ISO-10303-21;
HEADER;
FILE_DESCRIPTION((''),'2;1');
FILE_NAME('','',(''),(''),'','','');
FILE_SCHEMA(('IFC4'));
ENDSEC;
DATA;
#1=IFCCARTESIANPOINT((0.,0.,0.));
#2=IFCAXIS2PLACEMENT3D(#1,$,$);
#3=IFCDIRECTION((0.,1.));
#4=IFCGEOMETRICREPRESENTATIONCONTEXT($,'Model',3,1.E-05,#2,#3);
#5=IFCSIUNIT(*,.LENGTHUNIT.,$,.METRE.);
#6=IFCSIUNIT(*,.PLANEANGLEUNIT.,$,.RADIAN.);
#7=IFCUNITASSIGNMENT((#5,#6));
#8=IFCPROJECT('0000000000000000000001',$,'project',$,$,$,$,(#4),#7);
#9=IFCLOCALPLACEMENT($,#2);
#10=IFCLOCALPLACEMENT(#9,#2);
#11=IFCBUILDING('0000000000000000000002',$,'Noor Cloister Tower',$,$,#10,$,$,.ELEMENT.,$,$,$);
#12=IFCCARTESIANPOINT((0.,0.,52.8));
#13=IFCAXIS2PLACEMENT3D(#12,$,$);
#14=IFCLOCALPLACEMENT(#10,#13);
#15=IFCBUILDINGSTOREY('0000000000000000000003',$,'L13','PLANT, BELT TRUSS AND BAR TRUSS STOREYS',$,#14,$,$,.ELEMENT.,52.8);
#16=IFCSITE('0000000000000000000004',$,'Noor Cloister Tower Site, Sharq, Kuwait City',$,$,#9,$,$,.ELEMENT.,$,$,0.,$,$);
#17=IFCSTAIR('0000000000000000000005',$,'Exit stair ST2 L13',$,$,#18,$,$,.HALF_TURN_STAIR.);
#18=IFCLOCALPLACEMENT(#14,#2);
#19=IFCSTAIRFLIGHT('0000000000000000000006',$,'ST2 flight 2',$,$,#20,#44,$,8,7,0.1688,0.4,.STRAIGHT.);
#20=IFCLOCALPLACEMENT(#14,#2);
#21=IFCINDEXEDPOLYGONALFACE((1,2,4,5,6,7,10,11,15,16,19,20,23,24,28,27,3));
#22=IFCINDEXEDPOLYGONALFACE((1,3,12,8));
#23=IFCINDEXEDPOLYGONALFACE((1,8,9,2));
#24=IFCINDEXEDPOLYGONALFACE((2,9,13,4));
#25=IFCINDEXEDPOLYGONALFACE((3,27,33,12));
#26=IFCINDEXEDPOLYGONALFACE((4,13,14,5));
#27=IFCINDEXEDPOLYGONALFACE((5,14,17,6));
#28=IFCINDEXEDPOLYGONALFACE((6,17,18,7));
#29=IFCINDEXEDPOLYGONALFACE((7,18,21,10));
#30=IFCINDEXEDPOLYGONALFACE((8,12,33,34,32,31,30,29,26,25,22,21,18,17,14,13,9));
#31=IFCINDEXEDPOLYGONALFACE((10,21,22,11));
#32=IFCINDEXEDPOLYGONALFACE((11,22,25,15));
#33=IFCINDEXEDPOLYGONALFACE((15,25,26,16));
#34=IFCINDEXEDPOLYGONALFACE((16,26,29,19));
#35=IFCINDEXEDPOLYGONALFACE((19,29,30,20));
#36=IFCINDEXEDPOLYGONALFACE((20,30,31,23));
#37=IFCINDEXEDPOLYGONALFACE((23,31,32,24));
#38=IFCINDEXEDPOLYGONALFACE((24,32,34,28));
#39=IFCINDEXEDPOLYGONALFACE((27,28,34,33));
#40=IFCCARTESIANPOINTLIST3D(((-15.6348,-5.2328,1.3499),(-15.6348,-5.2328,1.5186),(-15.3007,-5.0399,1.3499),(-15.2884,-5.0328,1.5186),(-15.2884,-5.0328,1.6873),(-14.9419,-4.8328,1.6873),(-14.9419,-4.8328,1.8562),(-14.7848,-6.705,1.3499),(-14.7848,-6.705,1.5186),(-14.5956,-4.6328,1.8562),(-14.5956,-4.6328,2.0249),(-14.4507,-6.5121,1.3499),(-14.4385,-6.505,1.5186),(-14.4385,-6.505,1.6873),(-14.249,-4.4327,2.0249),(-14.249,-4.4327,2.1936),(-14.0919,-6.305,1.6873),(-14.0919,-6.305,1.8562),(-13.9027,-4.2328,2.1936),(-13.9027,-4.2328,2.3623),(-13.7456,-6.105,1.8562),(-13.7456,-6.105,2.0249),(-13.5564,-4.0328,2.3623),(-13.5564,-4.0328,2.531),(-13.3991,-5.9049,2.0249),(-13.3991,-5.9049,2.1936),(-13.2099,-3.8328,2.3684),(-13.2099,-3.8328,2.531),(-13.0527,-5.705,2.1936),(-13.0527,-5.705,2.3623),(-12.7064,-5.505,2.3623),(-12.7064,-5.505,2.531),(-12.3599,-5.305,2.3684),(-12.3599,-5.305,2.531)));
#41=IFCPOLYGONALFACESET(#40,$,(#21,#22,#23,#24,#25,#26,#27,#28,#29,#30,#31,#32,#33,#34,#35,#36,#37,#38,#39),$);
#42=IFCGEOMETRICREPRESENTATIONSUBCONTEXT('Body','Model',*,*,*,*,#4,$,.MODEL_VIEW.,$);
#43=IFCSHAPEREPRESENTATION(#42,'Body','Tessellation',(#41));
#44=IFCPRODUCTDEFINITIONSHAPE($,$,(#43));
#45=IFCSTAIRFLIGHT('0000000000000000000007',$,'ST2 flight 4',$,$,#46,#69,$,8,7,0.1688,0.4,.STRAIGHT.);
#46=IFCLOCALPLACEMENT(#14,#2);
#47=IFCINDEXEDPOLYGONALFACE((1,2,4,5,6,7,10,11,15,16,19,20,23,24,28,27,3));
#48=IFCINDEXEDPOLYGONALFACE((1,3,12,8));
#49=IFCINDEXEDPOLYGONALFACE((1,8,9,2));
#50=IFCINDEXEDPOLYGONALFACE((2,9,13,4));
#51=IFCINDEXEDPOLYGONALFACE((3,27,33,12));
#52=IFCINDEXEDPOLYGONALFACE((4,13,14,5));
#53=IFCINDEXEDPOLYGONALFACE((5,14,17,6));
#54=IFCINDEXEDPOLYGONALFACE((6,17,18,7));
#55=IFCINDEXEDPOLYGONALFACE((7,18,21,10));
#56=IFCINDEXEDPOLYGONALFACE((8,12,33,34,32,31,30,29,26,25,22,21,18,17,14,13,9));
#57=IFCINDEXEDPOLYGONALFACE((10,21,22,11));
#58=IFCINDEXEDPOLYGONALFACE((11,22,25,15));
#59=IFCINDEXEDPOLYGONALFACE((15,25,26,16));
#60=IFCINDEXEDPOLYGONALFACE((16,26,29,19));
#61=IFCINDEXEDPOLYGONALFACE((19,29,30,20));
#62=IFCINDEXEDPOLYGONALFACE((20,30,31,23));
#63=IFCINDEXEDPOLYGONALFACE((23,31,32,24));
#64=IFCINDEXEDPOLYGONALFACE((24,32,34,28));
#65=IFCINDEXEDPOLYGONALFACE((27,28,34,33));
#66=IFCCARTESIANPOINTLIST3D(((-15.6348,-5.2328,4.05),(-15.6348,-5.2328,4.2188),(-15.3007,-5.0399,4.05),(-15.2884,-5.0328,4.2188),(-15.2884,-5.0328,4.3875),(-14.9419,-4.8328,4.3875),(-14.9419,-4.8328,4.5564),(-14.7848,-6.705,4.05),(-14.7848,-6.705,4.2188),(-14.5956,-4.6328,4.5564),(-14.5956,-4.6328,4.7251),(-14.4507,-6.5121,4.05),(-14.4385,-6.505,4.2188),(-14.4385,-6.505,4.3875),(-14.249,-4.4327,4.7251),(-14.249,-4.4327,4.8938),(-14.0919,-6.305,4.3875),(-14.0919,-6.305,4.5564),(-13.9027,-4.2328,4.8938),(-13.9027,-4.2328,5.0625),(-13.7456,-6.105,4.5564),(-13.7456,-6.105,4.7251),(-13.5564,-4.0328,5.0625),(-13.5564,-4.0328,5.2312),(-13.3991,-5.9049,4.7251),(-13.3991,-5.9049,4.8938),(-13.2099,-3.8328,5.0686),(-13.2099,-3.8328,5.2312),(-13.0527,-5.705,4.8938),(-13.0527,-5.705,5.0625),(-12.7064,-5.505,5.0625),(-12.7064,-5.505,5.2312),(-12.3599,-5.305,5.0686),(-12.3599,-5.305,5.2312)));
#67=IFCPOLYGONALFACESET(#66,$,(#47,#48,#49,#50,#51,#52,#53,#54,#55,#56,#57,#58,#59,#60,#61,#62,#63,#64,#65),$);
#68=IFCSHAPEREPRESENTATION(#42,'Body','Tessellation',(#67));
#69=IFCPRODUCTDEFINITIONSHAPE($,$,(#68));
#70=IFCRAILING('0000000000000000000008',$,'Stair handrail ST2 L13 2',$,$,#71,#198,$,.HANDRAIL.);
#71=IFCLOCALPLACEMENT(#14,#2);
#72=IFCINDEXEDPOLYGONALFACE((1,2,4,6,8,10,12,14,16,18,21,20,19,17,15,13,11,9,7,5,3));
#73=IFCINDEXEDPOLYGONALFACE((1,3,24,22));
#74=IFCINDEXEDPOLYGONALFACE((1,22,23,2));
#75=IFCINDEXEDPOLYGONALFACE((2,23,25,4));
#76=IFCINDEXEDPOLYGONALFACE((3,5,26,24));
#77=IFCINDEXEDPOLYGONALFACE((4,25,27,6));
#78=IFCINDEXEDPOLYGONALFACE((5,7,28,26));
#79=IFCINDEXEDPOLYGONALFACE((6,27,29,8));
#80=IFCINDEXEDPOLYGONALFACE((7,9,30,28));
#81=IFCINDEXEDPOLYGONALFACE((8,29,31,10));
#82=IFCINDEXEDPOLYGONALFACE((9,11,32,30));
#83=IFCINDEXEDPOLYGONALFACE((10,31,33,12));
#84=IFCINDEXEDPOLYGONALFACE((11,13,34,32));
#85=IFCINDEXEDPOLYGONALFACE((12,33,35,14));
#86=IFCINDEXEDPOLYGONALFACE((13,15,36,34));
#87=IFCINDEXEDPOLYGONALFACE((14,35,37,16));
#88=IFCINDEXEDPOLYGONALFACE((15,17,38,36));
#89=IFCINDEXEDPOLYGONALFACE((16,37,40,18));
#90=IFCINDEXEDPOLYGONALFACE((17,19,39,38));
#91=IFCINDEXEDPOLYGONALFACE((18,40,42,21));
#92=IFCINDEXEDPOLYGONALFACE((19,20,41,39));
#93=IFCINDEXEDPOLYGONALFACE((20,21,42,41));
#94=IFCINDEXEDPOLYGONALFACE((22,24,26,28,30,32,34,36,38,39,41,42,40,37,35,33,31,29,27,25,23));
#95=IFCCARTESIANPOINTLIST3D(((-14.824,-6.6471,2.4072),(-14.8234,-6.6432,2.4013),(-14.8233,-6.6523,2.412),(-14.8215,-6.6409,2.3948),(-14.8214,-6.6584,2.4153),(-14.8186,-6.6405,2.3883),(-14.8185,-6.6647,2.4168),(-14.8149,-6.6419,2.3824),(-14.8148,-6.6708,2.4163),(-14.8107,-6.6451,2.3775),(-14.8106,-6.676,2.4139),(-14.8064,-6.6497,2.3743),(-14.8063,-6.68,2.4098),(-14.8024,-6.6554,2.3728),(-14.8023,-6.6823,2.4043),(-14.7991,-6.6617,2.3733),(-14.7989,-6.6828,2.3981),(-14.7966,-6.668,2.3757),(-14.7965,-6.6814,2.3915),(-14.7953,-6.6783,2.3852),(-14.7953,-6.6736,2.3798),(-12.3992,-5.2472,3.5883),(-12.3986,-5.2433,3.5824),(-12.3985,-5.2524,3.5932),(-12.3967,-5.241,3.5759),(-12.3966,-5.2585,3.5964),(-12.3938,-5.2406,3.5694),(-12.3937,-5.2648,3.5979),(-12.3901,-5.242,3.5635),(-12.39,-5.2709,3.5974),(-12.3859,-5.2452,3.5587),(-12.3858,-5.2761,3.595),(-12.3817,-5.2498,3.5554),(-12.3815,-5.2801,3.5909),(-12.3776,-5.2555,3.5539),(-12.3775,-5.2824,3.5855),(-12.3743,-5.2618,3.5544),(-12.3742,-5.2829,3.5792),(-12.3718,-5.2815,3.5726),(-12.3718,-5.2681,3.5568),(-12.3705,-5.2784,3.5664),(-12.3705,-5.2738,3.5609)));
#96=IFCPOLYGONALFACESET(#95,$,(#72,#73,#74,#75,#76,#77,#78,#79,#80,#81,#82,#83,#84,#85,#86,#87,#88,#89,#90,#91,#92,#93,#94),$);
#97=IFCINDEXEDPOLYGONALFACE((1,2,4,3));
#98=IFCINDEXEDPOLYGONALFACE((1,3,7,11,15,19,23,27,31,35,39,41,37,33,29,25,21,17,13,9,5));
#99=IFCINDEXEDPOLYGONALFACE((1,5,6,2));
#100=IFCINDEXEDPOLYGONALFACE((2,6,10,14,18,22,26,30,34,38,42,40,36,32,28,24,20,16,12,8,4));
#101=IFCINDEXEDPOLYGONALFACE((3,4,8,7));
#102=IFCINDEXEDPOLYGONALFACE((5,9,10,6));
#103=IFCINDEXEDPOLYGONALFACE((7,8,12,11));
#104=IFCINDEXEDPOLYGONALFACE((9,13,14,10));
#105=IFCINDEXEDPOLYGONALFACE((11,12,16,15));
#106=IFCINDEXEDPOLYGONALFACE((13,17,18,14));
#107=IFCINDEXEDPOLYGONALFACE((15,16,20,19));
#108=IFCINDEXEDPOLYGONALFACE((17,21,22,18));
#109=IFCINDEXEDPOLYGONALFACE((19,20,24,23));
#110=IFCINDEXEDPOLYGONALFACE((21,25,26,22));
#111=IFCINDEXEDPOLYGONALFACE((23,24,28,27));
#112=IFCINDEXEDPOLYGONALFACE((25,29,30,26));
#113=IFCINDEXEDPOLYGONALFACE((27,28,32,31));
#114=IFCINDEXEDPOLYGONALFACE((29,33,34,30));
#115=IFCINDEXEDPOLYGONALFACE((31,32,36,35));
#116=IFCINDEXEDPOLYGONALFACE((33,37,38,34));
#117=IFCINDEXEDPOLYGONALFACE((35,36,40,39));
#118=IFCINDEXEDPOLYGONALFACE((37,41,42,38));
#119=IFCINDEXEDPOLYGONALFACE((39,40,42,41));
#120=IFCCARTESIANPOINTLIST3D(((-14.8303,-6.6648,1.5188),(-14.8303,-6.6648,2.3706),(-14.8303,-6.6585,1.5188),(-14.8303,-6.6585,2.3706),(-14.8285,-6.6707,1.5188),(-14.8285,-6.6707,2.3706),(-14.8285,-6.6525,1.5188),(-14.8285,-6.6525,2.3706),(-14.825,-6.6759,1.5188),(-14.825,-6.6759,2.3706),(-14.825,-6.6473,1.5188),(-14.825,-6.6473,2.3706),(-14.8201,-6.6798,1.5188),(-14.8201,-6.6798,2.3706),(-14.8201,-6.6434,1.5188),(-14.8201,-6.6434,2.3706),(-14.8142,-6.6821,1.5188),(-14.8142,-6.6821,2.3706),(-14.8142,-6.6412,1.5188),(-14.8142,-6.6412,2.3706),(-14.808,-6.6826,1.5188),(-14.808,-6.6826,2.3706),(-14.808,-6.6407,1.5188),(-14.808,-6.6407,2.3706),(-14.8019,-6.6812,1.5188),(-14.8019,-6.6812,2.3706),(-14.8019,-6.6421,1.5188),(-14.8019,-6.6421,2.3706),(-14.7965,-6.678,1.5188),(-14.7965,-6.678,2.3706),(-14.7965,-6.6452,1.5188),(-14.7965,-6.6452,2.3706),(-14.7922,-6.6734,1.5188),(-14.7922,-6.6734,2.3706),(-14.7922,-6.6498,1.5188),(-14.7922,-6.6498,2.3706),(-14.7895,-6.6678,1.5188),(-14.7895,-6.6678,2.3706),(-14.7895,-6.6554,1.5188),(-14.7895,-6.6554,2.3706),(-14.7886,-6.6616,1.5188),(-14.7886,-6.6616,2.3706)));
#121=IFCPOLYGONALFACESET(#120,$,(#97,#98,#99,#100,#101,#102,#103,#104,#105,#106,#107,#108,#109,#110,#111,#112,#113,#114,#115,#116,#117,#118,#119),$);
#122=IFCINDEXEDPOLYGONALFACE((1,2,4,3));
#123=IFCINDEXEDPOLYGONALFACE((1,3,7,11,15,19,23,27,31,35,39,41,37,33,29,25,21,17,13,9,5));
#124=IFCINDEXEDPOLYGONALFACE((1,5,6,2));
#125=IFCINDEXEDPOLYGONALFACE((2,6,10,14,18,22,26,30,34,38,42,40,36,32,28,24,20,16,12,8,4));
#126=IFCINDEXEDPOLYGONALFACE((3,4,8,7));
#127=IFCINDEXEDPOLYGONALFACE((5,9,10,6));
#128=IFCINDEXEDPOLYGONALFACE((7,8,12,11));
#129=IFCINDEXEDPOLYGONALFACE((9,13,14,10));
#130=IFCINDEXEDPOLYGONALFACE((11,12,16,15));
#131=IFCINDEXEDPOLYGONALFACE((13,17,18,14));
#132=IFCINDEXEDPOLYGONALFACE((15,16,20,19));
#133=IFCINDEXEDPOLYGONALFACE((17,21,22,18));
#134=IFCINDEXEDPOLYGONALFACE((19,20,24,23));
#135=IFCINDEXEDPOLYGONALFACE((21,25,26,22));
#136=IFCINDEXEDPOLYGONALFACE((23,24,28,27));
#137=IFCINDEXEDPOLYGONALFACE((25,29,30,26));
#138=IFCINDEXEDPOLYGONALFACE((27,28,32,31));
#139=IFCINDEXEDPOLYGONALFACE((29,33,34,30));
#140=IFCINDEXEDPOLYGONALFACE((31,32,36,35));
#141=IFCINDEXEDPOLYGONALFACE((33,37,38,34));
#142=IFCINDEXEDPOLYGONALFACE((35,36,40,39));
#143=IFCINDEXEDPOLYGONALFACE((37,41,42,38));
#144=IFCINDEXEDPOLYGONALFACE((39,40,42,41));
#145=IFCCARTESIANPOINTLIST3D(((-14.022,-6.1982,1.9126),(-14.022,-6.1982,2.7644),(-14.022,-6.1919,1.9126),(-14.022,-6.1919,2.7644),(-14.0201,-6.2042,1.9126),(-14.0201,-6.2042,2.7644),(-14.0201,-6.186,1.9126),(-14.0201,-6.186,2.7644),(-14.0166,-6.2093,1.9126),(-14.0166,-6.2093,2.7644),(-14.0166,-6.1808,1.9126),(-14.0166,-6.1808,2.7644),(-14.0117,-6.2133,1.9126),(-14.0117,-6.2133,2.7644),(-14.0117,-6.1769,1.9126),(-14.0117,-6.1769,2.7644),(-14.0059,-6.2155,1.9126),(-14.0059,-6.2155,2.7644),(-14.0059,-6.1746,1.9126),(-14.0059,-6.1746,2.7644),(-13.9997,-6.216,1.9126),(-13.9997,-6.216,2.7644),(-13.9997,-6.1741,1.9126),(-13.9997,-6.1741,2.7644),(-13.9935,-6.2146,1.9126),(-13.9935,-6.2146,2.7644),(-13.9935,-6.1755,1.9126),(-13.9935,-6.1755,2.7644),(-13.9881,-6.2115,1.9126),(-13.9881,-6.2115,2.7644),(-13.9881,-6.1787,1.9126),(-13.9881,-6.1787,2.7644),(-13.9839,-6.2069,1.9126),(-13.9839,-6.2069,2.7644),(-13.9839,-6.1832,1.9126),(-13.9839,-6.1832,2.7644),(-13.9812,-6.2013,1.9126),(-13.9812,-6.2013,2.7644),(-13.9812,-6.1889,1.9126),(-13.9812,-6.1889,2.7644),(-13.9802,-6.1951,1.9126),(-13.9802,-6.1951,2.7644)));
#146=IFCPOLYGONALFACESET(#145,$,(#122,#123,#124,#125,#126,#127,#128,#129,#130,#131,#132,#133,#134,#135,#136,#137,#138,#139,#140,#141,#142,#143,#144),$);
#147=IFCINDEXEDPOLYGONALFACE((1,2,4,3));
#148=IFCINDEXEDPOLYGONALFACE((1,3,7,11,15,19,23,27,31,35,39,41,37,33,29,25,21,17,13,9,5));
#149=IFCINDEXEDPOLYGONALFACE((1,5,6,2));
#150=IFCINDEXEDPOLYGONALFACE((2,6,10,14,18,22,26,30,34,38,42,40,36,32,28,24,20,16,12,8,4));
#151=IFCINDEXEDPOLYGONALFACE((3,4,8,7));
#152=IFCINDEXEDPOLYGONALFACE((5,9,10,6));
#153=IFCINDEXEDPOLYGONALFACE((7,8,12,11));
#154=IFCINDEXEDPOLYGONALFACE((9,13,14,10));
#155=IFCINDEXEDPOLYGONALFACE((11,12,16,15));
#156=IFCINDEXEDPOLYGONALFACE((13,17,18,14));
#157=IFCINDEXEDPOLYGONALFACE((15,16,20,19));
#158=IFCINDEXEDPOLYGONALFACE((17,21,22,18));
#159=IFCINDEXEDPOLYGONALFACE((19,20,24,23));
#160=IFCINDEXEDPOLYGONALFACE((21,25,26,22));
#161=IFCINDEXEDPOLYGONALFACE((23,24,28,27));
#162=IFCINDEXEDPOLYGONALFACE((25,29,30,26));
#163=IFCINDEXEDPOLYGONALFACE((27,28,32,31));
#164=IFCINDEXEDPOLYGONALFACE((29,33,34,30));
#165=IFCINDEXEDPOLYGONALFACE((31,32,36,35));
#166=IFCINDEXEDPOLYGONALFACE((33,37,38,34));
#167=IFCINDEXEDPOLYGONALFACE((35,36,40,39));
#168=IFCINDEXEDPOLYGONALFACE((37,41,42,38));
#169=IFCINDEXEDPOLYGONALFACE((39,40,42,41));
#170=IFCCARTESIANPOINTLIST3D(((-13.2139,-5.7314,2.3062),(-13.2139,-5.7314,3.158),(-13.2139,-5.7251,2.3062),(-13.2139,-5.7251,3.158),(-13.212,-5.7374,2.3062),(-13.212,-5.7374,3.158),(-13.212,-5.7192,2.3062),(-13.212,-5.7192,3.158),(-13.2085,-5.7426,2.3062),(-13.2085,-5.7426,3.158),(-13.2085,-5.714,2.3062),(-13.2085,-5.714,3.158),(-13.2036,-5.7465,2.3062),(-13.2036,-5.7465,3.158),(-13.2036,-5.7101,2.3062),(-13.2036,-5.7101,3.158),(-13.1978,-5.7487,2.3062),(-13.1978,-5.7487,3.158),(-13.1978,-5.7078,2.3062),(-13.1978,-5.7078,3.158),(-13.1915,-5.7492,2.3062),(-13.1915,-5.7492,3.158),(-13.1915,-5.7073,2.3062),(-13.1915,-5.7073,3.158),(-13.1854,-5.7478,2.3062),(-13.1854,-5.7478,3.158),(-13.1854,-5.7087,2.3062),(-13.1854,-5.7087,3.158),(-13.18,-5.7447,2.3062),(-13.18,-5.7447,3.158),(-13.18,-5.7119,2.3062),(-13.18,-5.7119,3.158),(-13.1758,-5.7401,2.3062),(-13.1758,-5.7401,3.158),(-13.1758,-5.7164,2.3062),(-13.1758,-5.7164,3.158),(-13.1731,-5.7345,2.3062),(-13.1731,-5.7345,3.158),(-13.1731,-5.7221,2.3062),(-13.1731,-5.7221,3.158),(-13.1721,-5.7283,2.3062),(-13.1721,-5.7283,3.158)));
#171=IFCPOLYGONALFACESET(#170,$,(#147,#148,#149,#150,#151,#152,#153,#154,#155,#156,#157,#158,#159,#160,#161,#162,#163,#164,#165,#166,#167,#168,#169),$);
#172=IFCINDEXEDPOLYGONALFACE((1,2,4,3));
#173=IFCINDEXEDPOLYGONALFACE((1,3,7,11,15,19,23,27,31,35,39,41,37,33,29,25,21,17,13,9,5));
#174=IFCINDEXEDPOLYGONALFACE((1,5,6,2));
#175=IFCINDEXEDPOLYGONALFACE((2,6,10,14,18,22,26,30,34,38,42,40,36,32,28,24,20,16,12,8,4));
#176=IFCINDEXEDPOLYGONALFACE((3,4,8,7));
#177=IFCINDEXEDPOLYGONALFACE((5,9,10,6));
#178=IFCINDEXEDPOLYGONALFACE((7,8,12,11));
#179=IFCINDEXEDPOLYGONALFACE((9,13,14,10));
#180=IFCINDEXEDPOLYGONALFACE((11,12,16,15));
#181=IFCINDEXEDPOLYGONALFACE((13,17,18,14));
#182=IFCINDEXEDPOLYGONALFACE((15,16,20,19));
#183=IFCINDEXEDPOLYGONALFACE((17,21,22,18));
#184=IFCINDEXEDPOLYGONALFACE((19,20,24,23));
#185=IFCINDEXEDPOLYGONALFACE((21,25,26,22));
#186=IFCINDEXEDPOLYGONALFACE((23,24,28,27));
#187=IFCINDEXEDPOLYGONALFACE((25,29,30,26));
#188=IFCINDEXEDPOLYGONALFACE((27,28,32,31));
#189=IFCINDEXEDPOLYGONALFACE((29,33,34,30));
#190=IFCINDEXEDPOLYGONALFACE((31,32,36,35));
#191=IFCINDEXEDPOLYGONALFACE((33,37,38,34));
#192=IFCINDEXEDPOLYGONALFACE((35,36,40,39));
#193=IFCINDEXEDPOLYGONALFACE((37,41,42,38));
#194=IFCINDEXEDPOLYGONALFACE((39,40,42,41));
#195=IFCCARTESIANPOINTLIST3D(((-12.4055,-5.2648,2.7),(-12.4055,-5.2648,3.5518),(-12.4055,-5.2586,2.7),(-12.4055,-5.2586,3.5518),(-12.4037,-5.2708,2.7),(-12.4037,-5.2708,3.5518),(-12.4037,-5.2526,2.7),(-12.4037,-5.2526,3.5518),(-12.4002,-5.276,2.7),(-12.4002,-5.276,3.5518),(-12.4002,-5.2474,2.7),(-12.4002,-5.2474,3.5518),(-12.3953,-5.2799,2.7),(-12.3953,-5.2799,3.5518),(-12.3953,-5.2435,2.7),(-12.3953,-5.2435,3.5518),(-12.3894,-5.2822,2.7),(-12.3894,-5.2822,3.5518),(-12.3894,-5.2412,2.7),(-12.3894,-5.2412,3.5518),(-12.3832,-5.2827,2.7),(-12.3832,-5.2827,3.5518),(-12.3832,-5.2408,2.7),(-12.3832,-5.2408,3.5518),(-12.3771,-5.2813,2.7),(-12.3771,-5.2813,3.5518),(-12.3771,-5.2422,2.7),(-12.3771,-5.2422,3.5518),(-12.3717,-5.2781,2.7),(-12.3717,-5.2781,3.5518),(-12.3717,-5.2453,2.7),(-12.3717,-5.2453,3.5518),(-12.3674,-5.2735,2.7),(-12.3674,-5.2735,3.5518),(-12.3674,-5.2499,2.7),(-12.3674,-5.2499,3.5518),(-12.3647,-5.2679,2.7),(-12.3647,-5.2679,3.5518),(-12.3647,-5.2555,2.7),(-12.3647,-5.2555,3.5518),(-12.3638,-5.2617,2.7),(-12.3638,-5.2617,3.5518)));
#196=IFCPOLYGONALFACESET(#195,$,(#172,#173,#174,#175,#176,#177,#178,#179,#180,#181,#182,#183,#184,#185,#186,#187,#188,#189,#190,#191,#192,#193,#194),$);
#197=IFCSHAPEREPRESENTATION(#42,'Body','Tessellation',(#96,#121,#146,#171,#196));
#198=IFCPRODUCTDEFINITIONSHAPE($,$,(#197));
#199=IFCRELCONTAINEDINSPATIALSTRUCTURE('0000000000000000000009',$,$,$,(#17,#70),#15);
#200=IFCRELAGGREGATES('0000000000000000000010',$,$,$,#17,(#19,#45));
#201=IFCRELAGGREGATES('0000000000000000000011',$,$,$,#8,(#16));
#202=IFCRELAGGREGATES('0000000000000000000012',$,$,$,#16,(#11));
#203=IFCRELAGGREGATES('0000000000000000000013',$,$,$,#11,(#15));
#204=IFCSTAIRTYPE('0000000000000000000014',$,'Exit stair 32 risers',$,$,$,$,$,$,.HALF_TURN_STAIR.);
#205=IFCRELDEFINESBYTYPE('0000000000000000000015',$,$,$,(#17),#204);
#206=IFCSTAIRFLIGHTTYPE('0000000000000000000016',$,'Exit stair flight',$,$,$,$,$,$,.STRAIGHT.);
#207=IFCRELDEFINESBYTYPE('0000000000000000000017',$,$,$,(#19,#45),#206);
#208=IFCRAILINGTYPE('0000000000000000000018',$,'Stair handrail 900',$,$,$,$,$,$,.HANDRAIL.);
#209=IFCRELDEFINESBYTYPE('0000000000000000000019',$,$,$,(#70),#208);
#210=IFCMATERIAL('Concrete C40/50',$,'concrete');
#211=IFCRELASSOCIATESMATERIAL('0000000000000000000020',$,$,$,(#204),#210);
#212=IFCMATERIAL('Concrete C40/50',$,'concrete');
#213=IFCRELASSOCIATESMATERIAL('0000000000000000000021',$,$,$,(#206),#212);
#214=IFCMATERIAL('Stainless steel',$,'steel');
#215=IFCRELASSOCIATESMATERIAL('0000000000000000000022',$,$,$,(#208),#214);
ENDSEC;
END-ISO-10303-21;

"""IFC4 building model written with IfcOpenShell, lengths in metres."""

from ifc_helpers import new_model, si_unit, direction, frame, origin, origin_2d, place, context, subcontext, project, spatial, polyline, circle, outline, extrude, material, type_object, element, aggregate, save


model = new_model("IFC4")

# Units and contexts
model_context = context("Model", 3, precision=1e-05, world=origin(), true_north=direction((0.0, 1.0)))
body_context = subcontext(model_context, "Body", "Model", "MODEL_VIEW")
ifc_project = project(units=[si_unit("LENGTHUNIT", "METRE"), si_unit("PLANEANGLEUNIT", "RADIAN")], contexts=[model_context])

# Site, building, storey
site_placement = place(None, origin())
site = spatial("IfcSite", under=ifc_project, at=site_placement, Name="Noor Cloister Tower Site, Sharq, Kuwait City", CompositionType="ELEMENT", RefElevation=0.0)
building_placement = place(site_placement, origin())
building = spatial("IfcBuilding", under=site, at=building_placement, Name="Noor Cloister Tower", CompositionType="ELEMENT")
storey_placement = place(building_placement, frame((0.0, 0.0, 52.8)))
storey = spatial("IfcBuildingStorey", under=building, at=storey_placement, Name="L13", Description="PLANT, BELT TRUSS AND BAR TRUSS STOREYS", CompositionType="ELEMENT", Elevation=52.8)

# Stair, stair flights
ifc_material_1 = material(Name="Concrete C40/50", Category="concrete")
stair_type = type_object("IfcStairType", Name="Exit stair 32 risers", PredefinedType="HALF_TURN_STAIR", material=ifc_material_1)
stair_placement = place(storey_placement, origin())
stair = element("IfcStair", 1, at=stair_placement, inside=storey, type_object=stair_type, Name="Exit stair ST2 L13", PredefinedType="HALF_TURN_STAIR")
ifc_material_2 = material(Name="Concrete C40/50", Category="concrete")
stair_flight_type = type_object("IfcStairFlightType", Name="Exit stair flight", PredefinedType="STRAIGHT", material=ifc_material_2)
stair_flight_1_placement = place(storey_placement, frame((-15.2097, -5.969, 1.3499), z_axis=(0.0, 0.0, 1.0), x_axis=(0.866025, 0.5, 0.0)))
stair_flight_1 = element("IfcStairFlight", 2, at=stair_flight_1_placement, type_object=stair_flight_type, Name="ST2 flight 2", NumberOfRisers=8, NumberOfTreads=7, PredefinedType="STRAIGHT", RiserHeight=0.1688, TreadLength=0.4, context=body_context, shape_type="SweptSolid", body=[
    extrude(outline(polyline([(0.0, 0.0), (0.0, 0.1687), (0.3999, 0.1687), (0.3999, 0.3374), (0.8, 0.3374), (0.8, 0.5063), (1.2, 0.5063), (1.2, 0.675), (1.6001, 0.675), (1.6001, 0.8438), (2.0, 0.8438), (2.0, 1.0125), (2.3999, 1.0125), (2.3999, 1.1812), (2.8, 1.1812), (2.8, 1.3501), (2.8, 1.0186), (0.3857, 0.0), (0.0, 0.0)])), frame((0.0, 0.8501, 0.0), z_axis=(0.0, -1.0, 0.0), x_axis=(1.0, 0.0, 0.0)), (0.0, 0.0, 1.0), 1.7),
])
stair_flight_2_placement = place(storey_placement, frame((-15.2097, -5.969, 4.05), z_axis=(0.0, 0.0, 1.0), x_axis=(0.866025, 0.5, 0.0)))
stair_flight_2 = element("IfcStairFlight", 3, at=stair_flight_2_placement, type_object=stair_flight_type, Name="ST2 flight 4", NumberOfRisers=8, NumberOfTreads=7, PredefinedType="STRAIGHT", RiserHeight=0.1688, TreadLength=0.4, context=body_context, shape_type="SweptSolid", body=[
    extrude(outline(polyline([(0.0, 0.0), (0.0, 0.1687), (0.3999, 0.1687), (0.3999, 0.3374), (0.8, 0.3374), (0.8, 0.5063), (1.2, 0.5063), (1.2, 0.675), (1.6001, 0.675), (1.6001, 0.8438), (2.0, 0.8438), (2.0, 1.0125), (2.3999, 1.0125), (2.3999, 1.1812), (2.8, 1.1812), (2.8, 1.3501), (2.8, 1.0186), (0.3857, 0.0), (0.0, 0.0)])), frame((0.0, 0.8501, 0.0), z_axis=(0.0, -1.0, 0.0), x_axis=(1.0, 0.0, 0.0)), (0.0, 0.0, 1.0), 1.7),
])
aggregate(stair, [stair_flight_1, stair_flight_2])

# Railing
ifc_material_3 = material(Name="Stainless steel", Category="steel")
railing_type = type_object("IfcRailingType", Name="Stair handrail 900", PredefinedType="HANDRAIL", material=ifc_material_3)
for number, where, name in (
    (4, (-14.8096, -6.6616, 1.5188), "Stair handrail ST2 L13 2"),
):
    element("IfcRailing", number, at=place(storey_placement, frame(where)), inside=storey, type_object=railing_type, Name=name, PredefinedType="HANDRAIL", context=body_context, shape_type="SweptSolid", body=[
        extrude(circle(Radius=0.0239, at=origin_2d()), frame((0.0, 0.0, 0.876), z_axis=(0.797939, 0.460671, 0.388686), x_axis=(-0.499984, 0.866035, 0.0)), (0.0, 0.0, 1.0), 3.0388),
        extrude(circle(Radius=0.021, at=origin_2d()), origin(), (0.0, 0.0, 1.0), 0.8518),
        extrude(circle(Radius=0.021, at=origin_2d()), frame((0.8083, 0.4666, 0.3938)), (0.0, 0.0, 1.0), 0.8518),
        extrude(circle(Radius=0.021, at=origin_2d()), frame((1.6165, 0.9333, 0.7874)), (0.0, 0.0, 1.0), 0.8518),
        extrude(circle(Radius=0.021, at=origin_2d()), frame((2.4248, 1.3999, 1.1812)), (0.0, 0.0, 1.0), 0.8518),
    ])

save(model, "model.ifc")
